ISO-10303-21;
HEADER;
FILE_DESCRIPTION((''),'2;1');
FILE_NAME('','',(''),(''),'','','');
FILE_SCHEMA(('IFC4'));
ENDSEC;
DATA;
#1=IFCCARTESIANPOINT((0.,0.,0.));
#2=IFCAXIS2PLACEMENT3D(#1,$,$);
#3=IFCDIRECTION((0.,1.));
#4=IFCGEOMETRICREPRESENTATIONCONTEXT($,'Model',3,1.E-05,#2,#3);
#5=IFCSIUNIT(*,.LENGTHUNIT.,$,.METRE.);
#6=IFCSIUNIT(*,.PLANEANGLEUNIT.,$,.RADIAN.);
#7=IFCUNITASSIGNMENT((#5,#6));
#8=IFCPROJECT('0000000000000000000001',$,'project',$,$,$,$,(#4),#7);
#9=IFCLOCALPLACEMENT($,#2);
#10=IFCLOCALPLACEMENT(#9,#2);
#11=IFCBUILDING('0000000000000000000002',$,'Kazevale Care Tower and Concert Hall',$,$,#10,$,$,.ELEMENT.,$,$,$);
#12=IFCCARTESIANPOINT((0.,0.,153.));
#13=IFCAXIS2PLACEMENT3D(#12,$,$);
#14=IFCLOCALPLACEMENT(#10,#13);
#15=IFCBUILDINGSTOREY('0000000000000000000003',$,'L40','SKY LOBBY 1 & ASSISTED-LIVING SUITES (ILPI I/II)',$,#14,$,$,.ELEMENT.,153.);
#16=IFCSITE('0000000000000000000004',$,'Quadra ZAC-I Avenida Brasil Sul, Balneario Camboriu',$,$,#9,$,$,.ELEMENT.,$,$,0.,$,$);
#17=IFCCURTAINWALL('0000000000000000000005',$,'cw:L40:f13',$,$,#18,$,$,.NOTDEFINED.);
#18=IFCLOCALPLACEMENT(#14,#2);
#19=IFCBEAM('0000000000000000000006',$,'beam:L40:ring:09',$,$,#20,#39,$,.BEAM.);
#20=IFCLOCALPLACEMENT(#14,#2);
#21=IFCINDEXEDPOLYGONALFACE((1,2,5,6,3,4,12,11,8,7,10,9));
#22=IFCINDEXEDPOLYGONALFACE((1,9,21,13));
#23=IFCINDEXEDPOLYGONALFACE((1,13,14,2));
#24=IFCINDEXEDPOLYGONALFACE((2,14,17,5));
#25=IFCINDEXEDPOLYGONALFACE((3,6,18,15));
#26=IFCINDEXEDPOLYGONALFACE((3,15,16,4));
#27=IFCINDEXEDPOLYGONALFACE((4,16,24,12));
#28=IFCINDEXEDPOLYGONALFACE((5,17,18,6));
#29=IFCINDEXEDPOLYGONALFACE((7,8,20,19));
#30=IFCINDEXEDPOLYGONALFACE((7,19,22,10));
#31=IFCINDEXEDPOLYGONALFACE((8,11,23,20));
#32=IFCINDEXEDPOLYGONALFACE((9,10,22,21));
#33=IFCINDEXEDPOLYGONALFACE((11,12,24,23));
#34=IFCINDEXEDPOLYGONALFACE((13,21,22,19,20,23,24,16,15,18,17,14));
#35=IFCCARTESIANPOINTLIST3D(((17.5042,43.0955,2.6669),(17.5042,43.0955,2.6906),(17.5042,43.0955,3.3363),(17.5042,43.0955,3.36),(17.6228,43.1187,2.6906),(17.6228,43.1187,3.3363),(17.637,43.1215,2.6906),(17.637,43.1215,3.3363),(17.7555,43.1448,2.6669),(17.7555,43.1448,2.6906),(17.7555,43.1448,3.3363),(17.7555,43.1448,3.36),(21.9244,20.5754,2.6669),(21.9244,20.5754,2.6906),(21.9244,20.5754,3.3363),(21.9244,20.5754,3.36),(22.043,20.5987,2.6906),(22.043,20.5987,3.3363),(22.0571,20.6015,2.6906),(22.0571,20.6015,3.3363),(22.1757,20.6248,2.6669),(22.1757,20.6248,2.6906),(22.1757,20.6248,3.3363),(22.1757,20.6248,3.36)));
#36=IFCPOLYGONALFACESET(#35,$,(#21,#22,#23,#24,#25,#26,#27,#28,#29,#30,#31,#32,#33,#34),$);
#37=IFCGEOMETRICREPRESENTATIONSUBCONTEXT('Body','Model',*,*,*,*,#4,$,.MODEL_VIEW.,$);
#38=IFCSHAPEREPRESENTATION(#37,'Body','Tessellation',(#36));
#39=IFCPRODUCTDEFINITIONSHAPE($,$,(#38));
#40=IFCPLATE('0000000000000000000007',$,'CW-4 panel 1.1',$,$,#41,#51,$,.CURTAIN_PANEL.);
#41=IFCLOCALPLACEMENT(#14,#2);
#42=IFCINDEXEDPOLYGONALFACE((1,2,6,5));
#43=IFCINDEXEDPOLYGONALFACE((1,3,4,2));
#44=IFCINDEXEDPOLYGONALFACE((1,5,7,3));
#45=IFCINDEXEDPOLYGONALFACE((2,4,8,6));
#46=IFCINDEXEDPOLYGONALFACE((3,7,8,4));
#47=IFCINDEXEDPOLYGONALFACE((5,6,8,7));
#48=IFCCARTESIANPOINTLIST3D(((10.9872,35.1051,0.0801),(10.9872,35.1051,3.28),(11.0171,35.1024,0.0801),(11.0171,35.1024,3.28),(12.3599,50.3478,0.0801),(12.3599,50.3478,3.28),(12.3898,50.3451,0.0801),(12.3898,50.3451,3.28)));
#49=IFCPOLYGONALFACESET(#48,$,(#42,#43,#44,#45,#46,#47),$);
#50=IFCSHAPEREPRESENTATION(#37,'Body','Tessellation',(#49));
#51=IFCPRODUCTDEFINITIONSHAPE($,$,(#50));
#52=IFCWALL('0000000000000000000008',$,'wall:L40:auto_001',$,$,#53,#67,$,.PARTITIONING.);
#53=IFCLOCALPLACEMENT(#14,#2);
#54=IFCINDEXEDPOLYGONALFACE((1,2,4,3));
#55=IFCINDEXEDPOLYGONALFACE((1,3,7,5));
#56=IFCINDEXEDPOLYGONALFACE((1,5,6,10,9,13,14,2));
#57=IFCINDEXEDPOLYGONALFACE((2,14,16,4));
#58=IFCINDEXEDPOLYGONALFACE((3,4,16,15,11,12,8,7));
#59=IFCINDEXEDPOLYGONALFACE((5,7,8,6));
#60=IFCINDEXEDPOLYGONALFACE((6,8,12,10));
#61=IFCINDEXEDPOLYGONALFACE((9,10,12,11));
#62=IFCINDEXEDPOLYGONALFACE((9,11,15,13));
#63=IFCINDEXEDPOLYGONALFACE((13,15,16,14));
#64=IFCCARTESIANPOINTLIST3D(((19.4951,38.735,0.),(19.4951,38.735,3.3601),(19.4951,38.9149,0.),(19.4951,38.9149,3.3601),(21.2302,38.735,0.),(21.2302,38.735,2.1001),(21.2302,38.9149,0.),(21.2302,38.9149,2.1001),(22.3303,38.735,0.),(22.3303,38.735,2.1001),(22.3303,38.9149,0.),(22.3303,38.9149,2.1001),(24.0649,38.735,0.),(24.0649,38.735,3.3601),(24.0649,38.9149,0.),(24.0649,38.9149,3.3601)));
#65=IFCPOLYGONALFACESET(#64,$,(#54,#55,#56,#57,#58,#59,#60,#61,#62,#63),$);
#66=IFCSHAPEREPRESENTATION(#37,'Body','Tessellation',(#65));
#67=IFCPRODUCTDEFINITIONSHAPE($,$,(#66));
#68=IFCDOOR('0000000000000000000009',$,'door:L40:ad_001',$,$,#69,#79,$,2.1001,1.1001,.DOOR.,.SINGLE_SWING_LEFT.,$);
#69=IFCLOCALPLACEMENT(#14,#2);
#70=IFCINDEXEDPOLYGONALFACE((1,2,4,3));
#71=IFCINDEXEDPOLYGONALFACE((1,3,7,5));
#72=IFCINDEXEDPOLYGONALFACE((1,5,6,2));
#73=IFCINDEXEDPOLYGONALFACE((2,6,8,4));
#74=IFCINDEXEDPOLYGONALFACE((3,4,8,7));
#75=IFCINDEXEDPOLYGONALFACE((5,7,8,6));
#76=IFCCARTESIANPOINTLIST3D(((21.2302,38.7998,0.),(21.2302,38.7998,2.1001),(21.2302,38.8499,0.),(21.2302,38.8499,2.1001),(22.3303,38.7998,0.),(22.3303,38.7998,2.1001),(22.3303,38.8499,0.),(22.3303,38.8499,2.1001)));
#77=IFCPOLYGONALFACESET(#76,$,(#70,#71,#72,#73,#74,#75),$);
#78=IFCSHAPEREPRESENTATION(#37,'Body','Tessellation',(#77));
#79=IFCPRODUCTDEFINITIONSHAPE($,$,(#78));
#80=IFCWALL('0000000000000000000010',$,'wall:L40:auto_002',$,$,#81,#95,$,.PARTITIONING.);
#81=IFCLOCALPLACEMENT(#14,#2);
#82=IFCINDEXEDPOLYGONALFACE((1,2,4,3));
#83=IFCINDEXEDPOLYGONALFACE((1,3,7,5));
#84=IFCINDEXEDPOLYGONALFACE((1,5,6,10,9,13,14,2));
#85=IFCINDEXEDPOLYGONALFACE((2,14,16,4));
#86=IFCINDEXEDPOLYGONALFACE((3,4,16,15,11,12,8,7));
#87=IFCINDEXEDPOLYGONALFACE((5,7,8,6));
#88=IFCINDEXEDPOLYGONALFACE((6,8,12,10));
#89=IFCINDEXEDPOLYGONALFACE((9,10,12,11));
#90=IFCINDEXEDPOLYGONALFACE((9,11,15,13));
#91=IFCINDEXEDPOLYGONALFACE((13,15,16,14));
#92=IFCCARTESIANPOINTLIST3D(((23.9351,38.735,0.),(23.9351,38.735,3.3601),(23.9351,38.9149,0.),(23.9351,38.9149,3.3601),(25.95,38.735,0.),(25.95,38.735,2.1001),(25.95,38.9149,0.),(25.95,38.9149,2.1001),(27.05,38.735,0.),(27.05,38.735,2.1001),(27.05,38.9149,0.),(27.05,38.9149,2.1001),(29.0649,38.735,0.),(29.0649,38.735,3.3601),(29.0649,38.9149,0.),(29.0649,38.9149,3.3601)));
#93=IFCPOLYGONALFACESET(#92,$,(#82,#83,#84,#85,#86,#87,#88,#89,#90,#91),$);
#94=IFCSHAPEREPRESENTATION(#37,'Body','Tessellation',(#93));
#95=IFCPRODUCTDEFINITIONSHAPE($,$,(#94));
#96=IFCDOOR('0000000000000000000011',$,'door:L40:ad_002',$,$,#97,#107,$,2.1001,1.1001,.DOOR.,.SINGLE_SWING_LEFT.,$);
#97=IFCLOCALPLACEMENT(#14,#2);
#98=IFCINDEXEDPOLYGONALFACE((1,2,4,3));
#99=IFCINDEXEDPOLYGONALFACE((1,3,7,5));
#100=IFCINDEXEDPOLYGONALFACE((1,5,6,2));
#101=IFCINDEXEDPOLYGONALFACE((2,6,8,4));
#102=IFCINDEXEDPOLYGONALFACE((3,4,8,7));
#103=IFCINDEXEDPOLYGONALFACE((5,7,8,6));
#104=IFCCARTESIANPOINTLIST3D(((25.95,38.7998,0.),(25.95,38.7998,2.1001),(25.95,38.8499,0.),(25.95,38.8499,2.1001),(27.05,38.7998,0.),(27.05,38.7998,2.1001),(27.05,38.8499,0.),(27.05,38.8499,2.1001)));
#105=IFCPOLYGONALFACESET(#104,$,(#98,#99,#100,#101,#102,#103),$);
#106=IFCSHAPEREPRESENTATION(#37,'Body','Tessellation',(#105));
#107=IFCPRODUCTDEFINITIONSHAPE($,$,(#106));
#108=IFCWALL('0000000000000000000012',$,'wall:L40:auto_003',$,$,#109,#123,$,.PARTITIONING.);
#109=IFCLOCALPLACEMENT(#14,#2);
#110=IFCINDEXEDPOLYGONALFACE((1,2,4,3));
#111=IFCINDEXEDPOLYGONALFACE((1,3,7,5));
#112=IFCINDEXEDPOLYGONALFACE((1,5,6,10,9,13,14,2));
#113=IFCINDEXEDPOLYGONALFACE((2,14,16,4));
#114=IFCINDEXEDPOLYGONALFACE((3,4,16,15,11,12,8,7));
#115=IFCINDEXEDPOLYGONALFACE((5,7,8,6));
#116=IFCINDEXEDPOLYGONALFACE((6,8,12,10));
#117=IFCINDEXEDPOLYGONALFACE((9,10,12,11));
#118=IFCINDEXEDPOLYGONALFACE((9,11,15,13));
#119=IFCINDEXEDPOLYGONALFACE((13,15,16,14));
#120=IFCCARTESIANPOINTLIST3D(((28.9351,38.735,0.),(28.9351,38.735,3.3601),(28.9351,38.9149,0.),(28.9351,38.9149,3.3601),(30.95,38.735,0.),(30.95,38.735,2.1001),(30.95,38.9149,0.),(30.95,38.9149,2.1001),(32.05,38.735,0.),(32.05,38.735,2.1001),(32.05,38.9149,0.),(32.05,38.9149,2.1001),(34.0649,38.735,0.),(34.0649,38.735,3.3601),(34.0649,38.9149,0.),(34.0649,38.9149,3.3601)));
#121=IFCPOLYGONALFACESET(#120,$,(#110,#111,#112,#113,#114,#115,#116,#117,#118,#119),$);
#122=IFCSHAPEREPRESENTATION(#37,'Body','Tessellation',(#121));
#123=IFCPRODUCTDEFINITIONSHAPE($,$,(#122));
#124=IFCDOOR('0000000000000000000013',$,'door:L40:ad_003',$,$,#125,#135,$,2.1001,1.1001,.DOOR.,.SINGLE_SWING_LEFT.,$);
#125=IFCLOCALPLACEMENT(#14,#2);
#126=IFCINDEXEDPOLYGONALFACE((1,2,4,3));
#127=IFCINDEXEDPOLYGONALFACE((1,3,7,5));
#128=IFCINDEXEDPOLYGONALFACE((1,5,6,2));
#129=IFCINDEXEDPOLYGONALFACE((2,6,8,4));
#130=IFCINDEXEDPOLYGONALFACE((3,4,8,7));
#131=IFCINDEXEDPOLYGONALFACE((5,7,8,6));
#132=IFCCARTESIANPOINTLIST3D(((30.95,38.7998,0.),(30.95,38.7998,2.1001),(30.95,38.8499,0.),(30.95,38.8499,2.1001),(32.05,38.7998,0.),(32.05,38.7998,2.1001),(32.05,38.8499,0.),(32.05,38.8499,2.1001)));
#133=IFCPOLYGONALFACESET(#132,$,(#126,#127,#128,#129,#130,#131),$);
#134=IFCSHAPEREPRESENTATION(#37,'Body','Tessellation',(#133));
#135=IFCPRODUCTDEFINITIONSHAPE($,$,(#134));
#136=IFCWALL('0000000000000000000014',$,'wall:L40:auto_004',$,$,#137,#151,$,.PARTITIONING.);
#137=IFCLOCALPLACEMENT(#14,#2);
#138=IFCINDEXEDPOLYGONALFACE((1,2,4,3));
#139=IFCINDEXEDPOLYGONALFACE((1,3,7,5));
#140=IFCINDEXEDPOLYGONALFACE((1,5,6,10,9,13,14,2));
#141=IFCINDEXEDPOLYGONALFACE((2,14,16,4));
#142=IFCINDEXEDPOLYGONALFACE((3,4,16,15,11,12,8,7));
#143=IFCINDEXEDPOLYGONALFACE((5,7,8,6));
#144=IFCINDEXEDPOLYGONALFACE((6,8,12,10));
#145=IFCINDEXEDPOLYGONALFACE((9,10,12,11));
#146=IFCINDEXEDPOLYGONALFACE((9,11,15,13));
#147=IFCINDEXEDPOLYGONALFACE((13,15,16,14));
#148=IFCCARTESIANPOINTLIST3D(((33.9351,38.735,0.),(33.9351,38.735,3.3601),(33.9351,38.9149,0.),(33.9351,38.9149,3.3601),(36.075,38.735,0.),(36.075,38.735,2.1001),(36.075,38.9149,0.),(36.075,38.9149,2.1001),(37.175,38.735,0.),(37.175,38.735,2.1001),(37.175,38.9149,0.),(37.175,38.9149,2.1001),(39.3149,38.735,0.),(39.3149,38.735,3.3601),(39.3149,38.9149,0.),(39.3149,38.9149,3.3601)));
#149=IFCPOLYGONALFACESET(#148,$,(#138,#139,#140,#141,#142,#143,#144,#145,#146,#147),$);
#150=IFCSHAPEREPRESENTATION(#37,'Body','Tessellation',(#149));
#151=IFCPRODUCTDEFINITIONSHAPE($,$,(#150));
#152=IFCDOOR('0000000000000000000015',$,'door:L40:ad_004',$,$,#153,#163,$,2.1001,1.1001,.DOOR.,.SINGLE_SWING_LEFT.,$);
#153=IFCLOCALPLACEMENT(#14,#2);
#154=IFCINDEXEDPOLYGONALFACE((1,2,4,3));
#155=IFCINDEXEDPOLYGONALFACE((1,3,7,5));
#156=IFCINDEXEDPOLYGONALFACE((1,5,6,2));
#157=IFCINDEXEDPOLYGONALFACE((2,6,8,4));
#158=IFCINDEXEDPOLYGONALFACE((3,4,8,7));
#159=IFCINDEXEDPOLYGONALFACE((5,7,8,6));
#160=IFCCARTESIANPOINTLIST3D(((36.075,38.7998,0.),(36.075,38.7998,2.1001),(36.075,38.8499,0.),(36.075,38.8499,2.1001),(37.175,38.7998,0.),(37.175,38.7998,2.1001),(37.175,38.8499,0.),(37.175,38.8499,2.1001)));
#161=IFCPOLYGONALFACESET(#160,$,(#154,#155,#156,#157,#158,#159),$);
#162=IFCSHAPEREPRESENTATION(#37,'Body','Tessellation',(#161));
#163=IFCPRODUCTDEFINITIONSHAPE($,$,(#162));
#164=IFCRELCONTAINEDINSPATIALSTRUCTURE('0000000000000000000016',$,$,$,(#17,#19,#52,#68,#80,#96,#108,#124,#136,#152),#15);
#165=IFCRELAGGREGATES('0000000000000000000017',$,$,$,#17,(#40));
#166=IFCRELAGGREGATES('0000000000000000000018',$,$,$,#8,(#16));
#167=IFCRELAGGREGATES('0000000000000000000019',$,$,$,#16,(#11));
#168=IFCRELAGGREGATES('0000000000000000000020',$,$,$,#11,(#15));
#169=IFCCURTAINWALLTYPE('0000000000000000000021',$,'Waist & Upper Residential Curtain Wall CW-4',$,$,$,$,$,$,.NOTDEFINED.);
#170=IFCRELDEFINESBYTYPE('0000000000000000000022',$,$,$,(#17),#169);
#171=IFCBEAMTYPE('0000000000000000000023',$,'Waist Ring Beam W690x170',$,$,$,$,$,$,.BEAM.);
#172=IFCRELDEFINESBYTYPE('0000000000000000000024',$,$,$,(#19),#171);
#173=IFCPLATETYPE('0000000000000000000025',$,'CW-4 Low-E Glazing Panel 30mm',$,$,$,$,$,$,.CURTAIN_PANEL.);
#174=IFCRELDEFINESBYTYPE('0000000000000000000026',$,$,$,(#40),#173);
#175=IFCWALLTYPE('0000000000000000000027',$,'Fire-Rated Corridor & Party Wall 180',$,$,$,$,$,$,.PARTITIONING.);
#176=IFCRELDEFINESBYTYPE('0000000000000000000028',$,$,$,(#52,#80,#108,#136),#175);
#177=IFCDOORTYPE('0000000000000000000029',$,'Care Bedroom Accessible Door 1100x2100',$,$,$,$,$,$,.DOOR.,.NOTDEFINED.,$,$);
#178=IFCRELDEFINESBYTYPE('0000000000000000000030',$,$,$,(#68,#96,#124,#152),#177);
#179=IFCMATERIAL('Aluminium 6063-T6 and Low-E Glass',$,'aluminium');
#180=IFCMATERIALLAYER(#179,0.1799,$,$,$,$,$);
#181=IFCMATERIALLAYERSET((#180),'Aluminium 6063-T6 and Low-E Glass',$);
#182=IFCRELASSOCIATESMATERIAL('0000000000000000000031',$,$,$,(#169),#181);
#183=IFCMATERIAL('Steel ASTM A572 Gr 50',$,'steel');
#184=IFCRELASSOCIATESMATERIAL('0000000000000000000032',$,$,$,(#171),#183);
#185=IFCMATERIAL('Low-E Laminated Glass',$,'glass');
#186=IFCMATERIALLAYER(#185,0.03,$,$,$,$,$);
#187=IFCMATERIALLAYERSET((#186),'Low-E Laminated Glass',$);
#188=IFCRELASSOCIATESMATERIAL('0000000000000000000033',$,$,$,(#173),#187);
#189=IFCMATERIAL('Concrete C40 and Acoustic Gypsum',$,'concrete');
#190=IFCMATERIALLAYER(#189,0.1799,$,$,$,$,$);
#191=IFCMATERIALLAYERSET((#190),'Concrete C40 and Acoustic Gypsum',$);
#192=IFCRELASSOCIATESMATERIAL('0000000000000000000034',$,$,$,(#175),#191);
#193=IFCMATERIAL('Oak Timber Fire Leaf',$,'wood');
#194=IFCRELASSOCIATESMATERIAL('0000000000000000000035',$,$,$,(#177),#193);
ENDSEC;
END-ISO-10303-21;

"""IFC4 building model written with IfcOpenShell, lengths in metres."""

from ifc_helpers import new_model, si_unit, direction, frame, frame_2d, origin, origin_2d, place, context, subcontext, project, spatial, rectangle, i_section, extrude, material, layer, layer_set, material_profile, profile_set, type_object, element, fill, aggregate, save


model = new_model("IFC4")

# Units and contexts
model_context = context("Model", 3, precision=1e-05, world=origin(), true_north=direction((0.0, 1.0)))
body_context = subcontext(model_context, "Body", "Model", "MODEL_VIEW")
ifc_project = project(units=[si_unit("LENGTHUNIT", "METRE"), si_unit("PLANEANGLEUNIT", "RADIAN")], contexts=[model_context])

# Site, building, storey
site_placement = place(None, origin())
site = spatial("IfcSite", under=ifc_project, at=site_placement, Name="Quadra ZAC-I Avenida Brasil Sul, Balneario Camboriu", CompositionType="ELEMENT", RefElevation=0.0)
building_placement = place(site_placement, origin())
building = spatial("IfcBuilding", under=site, at=building_placement, Name="Kazevale Care Tower and Concert Hall", CompositionType="ELEMENT")
storey_placement = place(building_placement, frame((0.0, 0.0, 153.0)))
storey = spatial("IfcBuildingStorey", under=building, at=storey_placement, Name="L40", Description="SKY LOBBY 1 & ASSISTED-LIVING SUITES (ILPI I/II)", CompositionType="ELEMENT", Elevation=153.0)

# Curtain wall
ifc_material_1 = material(Name="Aluminium 6063-T6 and Low-E Glass", Category="aluminium")
ifc_layer_1 = layer(ifc_material_1, 0.1799)
ifc_layer_set_1 = layer_set([ifc_layer_1], Name="Aluminium 6063-T6 and Low-E Glass")
curtain_wall_type = type_object("IfcCurtainWallType", Name="Waist & Upper Residential Curtain Wall CW-4", PredefinedType="NOTDEFINED", material=ifc_layer_set_1)
curtain_wall_placement = place(storey_placement, origin())
curtain_wall = element("IfcCurtainWall", 1, at=curtain_wall_placement, inside=storey, type_object=curtain_wall_type, Name="cw:L40:f13", PredefinedType="NOTDEFINED")

# Beam
ifc_material_2 = material(Name="Steel ASTM A572 Gr 50", Category="steel")
ifc_material_profile_1 = material_profile(ifc_material_2, i_section(OverallWidth=0.2561, OverallDepth=0.6931, WebThickness=0.0144, FlangeThickness=0.0237, at=origin_2d()), Name="W690x170")
ifc_profile_set_1 = profile_set([ifc_material_profile_1], Name="Steel ASTM A572 Gr 50")
beam_type_1 = type_object("IfcBeamType", Name="Waist Ring Beam W690x170", PredefinedType="BEAM", material=ifc_profile_set_1)
beam_1_placement = place(storey_placement, frame((17.6299, 43.1201, 3.0134), z_axis=(0.192602, -0.981277, 0.0), x_axis=(0.981277, 0.192602, 0.0)))
element("IfcBeam", 2, at=beam_1_placement, inside=storey, type_object=beam_type_1, Name="beam:L40:ring:09", PredefinedType="BEAM", context=body_context, shape_type="SweptSolid", body=[
    extrude(i_section(OverallWidth=0.2561, OverallDepth=0.6931, WebThickness=0.0144, FlangeThickness=0.0237, at=origin_2d()), origin(), (0.0, 0.0, 1.0), 22.9497),
])

# Plate
ifc_material_3 = material(Name="Low-E Laminated Glass", Category="glass")
ifc_layer_2 = layer(ifc_material_3, 0.03)
ifc_layer_set_2 = layer_set([ifc_layer_2], Name="Low-E Laminated Glass")
plate_type = type_object("IfcPlateType", Name="CW-4 Low-E Glazing Panel 30mm", PredefinedType="CURTAIN_PANEL", material=ifc_layer_set_2)
plate_placement = place(storey_placement, frame((11.6885, 42.7251, 0.0801), z_axis=(0.0, 0.0, 1.0), x_axis=(0.08969, 0.99597, 0.0)))
plate = element("IfcPlate", 3, at=plate_placement, type_object=plate_type, Name="CW-4 panel 1.1", PredefinedType="CURTAIN_PANEL", context=body_context, shape_type="SweptSolid", body=[
    extrude(rectangle(XDim=15.3044, YDim=0.03, at=origin_2d()), origin(), (0.0, 0.0, 1.0), 3.2),
])
aggregate(curtain_wall, [plate])

# Walls, openings, doors
ifc_material_4 = material(Name="Concrete C40 and Acoustic Gypsum", Category="concrete")
ifc_layer_3 = layer(ifc_material_4, 0.1799)
ifc_layer_set_3 = layer_set([ifc_layer_3], Name="Concrete C40 and Acoustic Gypsum")
wall_type = type_object("IfcWallType", Name="Fire-Rated Corridor & Party Wall 180", PredefinedType="PARTITIONING", material=ifc_layer_set_3)
wall_1_placement = place(storey_placement, frame((19.4951, 38.825, 0.0), z_axis=(0.0, 0.0, 1.0), x_axis=(1.0, 0.0, 0.0)))
wall_1 = element("IfcWall", 4, at=wall_1_placement, inside=storey, type_object=wall_type, Name="wall:L40:auto_001", PredefinedType="PARTITIONING", context=body_context, shape_type="SweptSolid", body=[
    extrude(rectangle(XDim=4.5698, YDim=0.1799, at=frame_2d((2.2849, 0.0))), origin(), (0.0, 0.0, 1.0), 3.3601),
])
opening_1_placement = place(wall_1_placement, frame((1.7351, 0.0, 0.0)))
opening_1 = element("IfcOpeningElement", 5, at=opening_1_placement, cuts=wall_1, PredefinedType="OPENING", context=body_context, shape_type="SweptSolid", body=[
    extrude(rectangle(XDim=1.1001, YDim=2.1001, at=frame_2d((0.55, 1.05))), frame((0.0, 0.0999, 0.0), z_axis=(0.0, -1.0, 0.0), x_axis=(1.0, 0.0, 0.0)), (0.0, 0.0, 1.0), 0.2),
])
ifc_material_5 = material(Name="Oak Timber Fire Leaf", Category="wood")
door_type = type_object("IfcDoorType", Name="Care Bedroom Accessible Door 1100x2100", OperationType="NOTDEFINED", PredefinedType="DOOR", material=ifc_material_5)
door_1_placement = place(opening_1_placement, origin())
door_1 = element("IfcDoor", 6, at=door_1_placement, inside=storey, type_object=door_type, Name="door:L40:ad_001", OperationType="SINGLE_SWING_LEFT", OverallHeight=2.1001, OverallWidth=1.1001, PredefinedType="DOOR", context=body_context, shape_type="SweptSolid", body=[
    extrude(rectangle(XDim=1.1001, YDim=2.1001, at=frame_2d((0.55, 1.05))), frame((0.0, 0.0249, 0.0), z_axis=(0.0, -1.0, 0.0), x_axis=(1.0, 0.0, 0.0)), (0.0, 0.0, 1.0), 0.05),
])
fill(opening_1, door_1)
wall_2_placement = place(storey_placement, frame((23.9351, 38.825, 0.0), z_axis=(0.0, 0.0, 1.0), x_axis=(1.0, 0.0, 0.0)))
wall_2 = element("IfcWall", 7, at=wall_2_placement, inside=storey, type_object=wall_type, Name="wall:L40:auto_002", PredefinedType="PARTITIONING", context=body_context, shape_type="SweptSolid", body=[
    extrude(rectangle(XDim=5.1299, YDim=0.1799, at=frame_2d((2.5649, 0.0))), origin(), (0.0, 0.0, 1.0), 3.3601),
])
opening_2_placement = place(wall_2_placement, frame((2.0149, 0.0, 0.0)))
opening_2 = element("IfcOpeningElement", 8, at=opening_2_placement, cuts=wall_2, PredefinedType="OPENING", context=body_context, shape_type="SweptSolid", body=[
    extrude(rectangle(XDim=1.1001, YDim=2.1001, at=frame_2d((0.55, 1.05))), frame((0.0, 0.0999, 0.0), z_axis=(0.0, -1.0, 0.0), x_axis=(1.0, 0.0, 0.0)), (0.0, 0.0, 1.0), 0.2),
])
door_2_placement = place(opening_2_placement, origin())
door_2 = element("IfcDoor", 9, at=door_2_placement, inside=storey, type_object=door_type, Name="door:L40:ad_002", OperationType="SINGLE_SWING_LEFT", OverallHeight=2.1001, OverallWidth=1.1001, PredefinedType="DOOR", context=body_context, shape_type="SweptSolid", body=[
    extrude(rectangle(XDim=1.1001, YDim=2.1001, at=frame_2d((0.55, 1.05))), frame((0.0, 0.0249, 0.0), z_axis=(0.0, -1.0, 0.0), x_axis=(1.0, 0.0, 0.0)), (0.0, 0.0, 1.0), 0.05),
])
fill(opening_2, door_2)
wall_3_placement = place(storey_placement, frame((28.9351, 38.825, 0.0), z_axis=(0.0, 0.0, 1.0), x_axis=(1.0, 0.0, 0.0)))
wall_3 = element("IfcWall", 10, at=wall_3_placement, inside=storey, type_object=wall_type, Name="wall:L40:auto_003", PredefinedType="PARTITIONING", context=body_context, shape_type="SweptSolid", body=[
    extrude(rectangle(XDim=5.1299, YDim=0.1799, at=frame_2d((2.5649, 0.0))), origin(), (0.0, 0.0, 1.0), 3.3601),
])
opening_3_placement = place(wall_3_placement, frame((2.0149, 0.0, 0.0)))
opening_3 = element("IfcOpeningElement", 11, at=opening_3_placement, cuts=wall_3, PredefinedType="OPENING", context=body_context, shape_type="SweptSolid", body=[
    extrude(rectangle(XDim=1.1001, YDim=2.1001, at=frame_2d((0.55, 1.05))), frame((0.0, 0.0999, 0.0), z_axis=(0.0, -1.0, 0.0), x_axis=(1.0, 0.0, 0.0)), (0.0, 0.0, 1.0), 0.2),
])
door_3_placement = place(opening_3_placement, origin())
door_3 = element("IfcDoor", 12, at=door_3_placement, inside=storey, type_object=door_type, Name="door:L40:ad_003", OperationType="SINGLE_SWING_LEFT", OverallHeight=2.1001, OverallWidth=1.1001, PredefinedType="DOOR", context=body_context, shape_type="SweptSolid", body=[
    extrude(rectangle(XDim=1.1001, YDim=2.1001, at=frame_2d((0.55, 1.05))), frame((0.0, 0.0249, 0.0), z_axis=(0.0, -1.0, 0.0), x_axis=(1.0, 0.0, 0.0)), (0.0, 0.0, 1.0), 0.05),
])
fill(opening_3, door_3)
wall_4_placement = place(storey_placement, frame((33.9351, 38.825, 0.0), z_axis=(0.0, 0.0, 1.0), x_axis=(1.0, 0.0, 0.0)))
wall_4 = element("IfcWall", 13, at=wall_4_placement, inside=storey, type_object=wall_type, Name="wall:L40:auto_004", PredefinedType="PARTITIONING", context=body_context, shape_type="SweptSolid", body=[
    extrude(rectangle(XDim=5.3799, YDim=0.1799, at=frame_2d((2.6899, 0.0))), origin(), (0.0, 0.0, 1.0), 3.3601),
])
opening_4_placement = place(wall_4_placement, frame((2.1399, 0.0, 0.0)))
opening_4 = element("IfcOpeningElement", 14, at=opening_4_placement, cuts=wall_4, PredefinedType="OPENING", context=body_context, shape_type="SweptSolid", body=[
    extrude(rectangle(XDim=1.1001, YDim=2.1001, at=frame_2d((0.55, 1.05))), frame((0.0, 0.0999, 0.0), z_axis=(0.0, -1.0, 0.0), x_axis=(1.0, 0.0, 0.0)), (0.0, 0.0, 1.0), 0.2),
])
door_4_placement = place(opening_4_placement, origin())
door_4 = element("IfcDoor", 15, at=door_4_placement, inside=storey, type_object=door_type, Name="door:L40:ad_004", OperationType="SINGLE_SWING_LEFT", OverallHeight=2.1001, OverallWidth=1.1001, PredefinedType="DOOR", context=body_context, shape_type="SweptSolid", body=[
    extrude(rectangle(XDim=1.1001, YDim=2.1001, at=frame_2d((0.55, 1.05))), frame((0.0, 0.0249, 0.0), z_axis=(0.0, -1.0, 0.0), x_axis=(1.0, 0.0, 0.0)), (0.0, 0.0, 1.0), 0.05),
])
fill(opening_4, door_4)

save(model, "model.ifc")
